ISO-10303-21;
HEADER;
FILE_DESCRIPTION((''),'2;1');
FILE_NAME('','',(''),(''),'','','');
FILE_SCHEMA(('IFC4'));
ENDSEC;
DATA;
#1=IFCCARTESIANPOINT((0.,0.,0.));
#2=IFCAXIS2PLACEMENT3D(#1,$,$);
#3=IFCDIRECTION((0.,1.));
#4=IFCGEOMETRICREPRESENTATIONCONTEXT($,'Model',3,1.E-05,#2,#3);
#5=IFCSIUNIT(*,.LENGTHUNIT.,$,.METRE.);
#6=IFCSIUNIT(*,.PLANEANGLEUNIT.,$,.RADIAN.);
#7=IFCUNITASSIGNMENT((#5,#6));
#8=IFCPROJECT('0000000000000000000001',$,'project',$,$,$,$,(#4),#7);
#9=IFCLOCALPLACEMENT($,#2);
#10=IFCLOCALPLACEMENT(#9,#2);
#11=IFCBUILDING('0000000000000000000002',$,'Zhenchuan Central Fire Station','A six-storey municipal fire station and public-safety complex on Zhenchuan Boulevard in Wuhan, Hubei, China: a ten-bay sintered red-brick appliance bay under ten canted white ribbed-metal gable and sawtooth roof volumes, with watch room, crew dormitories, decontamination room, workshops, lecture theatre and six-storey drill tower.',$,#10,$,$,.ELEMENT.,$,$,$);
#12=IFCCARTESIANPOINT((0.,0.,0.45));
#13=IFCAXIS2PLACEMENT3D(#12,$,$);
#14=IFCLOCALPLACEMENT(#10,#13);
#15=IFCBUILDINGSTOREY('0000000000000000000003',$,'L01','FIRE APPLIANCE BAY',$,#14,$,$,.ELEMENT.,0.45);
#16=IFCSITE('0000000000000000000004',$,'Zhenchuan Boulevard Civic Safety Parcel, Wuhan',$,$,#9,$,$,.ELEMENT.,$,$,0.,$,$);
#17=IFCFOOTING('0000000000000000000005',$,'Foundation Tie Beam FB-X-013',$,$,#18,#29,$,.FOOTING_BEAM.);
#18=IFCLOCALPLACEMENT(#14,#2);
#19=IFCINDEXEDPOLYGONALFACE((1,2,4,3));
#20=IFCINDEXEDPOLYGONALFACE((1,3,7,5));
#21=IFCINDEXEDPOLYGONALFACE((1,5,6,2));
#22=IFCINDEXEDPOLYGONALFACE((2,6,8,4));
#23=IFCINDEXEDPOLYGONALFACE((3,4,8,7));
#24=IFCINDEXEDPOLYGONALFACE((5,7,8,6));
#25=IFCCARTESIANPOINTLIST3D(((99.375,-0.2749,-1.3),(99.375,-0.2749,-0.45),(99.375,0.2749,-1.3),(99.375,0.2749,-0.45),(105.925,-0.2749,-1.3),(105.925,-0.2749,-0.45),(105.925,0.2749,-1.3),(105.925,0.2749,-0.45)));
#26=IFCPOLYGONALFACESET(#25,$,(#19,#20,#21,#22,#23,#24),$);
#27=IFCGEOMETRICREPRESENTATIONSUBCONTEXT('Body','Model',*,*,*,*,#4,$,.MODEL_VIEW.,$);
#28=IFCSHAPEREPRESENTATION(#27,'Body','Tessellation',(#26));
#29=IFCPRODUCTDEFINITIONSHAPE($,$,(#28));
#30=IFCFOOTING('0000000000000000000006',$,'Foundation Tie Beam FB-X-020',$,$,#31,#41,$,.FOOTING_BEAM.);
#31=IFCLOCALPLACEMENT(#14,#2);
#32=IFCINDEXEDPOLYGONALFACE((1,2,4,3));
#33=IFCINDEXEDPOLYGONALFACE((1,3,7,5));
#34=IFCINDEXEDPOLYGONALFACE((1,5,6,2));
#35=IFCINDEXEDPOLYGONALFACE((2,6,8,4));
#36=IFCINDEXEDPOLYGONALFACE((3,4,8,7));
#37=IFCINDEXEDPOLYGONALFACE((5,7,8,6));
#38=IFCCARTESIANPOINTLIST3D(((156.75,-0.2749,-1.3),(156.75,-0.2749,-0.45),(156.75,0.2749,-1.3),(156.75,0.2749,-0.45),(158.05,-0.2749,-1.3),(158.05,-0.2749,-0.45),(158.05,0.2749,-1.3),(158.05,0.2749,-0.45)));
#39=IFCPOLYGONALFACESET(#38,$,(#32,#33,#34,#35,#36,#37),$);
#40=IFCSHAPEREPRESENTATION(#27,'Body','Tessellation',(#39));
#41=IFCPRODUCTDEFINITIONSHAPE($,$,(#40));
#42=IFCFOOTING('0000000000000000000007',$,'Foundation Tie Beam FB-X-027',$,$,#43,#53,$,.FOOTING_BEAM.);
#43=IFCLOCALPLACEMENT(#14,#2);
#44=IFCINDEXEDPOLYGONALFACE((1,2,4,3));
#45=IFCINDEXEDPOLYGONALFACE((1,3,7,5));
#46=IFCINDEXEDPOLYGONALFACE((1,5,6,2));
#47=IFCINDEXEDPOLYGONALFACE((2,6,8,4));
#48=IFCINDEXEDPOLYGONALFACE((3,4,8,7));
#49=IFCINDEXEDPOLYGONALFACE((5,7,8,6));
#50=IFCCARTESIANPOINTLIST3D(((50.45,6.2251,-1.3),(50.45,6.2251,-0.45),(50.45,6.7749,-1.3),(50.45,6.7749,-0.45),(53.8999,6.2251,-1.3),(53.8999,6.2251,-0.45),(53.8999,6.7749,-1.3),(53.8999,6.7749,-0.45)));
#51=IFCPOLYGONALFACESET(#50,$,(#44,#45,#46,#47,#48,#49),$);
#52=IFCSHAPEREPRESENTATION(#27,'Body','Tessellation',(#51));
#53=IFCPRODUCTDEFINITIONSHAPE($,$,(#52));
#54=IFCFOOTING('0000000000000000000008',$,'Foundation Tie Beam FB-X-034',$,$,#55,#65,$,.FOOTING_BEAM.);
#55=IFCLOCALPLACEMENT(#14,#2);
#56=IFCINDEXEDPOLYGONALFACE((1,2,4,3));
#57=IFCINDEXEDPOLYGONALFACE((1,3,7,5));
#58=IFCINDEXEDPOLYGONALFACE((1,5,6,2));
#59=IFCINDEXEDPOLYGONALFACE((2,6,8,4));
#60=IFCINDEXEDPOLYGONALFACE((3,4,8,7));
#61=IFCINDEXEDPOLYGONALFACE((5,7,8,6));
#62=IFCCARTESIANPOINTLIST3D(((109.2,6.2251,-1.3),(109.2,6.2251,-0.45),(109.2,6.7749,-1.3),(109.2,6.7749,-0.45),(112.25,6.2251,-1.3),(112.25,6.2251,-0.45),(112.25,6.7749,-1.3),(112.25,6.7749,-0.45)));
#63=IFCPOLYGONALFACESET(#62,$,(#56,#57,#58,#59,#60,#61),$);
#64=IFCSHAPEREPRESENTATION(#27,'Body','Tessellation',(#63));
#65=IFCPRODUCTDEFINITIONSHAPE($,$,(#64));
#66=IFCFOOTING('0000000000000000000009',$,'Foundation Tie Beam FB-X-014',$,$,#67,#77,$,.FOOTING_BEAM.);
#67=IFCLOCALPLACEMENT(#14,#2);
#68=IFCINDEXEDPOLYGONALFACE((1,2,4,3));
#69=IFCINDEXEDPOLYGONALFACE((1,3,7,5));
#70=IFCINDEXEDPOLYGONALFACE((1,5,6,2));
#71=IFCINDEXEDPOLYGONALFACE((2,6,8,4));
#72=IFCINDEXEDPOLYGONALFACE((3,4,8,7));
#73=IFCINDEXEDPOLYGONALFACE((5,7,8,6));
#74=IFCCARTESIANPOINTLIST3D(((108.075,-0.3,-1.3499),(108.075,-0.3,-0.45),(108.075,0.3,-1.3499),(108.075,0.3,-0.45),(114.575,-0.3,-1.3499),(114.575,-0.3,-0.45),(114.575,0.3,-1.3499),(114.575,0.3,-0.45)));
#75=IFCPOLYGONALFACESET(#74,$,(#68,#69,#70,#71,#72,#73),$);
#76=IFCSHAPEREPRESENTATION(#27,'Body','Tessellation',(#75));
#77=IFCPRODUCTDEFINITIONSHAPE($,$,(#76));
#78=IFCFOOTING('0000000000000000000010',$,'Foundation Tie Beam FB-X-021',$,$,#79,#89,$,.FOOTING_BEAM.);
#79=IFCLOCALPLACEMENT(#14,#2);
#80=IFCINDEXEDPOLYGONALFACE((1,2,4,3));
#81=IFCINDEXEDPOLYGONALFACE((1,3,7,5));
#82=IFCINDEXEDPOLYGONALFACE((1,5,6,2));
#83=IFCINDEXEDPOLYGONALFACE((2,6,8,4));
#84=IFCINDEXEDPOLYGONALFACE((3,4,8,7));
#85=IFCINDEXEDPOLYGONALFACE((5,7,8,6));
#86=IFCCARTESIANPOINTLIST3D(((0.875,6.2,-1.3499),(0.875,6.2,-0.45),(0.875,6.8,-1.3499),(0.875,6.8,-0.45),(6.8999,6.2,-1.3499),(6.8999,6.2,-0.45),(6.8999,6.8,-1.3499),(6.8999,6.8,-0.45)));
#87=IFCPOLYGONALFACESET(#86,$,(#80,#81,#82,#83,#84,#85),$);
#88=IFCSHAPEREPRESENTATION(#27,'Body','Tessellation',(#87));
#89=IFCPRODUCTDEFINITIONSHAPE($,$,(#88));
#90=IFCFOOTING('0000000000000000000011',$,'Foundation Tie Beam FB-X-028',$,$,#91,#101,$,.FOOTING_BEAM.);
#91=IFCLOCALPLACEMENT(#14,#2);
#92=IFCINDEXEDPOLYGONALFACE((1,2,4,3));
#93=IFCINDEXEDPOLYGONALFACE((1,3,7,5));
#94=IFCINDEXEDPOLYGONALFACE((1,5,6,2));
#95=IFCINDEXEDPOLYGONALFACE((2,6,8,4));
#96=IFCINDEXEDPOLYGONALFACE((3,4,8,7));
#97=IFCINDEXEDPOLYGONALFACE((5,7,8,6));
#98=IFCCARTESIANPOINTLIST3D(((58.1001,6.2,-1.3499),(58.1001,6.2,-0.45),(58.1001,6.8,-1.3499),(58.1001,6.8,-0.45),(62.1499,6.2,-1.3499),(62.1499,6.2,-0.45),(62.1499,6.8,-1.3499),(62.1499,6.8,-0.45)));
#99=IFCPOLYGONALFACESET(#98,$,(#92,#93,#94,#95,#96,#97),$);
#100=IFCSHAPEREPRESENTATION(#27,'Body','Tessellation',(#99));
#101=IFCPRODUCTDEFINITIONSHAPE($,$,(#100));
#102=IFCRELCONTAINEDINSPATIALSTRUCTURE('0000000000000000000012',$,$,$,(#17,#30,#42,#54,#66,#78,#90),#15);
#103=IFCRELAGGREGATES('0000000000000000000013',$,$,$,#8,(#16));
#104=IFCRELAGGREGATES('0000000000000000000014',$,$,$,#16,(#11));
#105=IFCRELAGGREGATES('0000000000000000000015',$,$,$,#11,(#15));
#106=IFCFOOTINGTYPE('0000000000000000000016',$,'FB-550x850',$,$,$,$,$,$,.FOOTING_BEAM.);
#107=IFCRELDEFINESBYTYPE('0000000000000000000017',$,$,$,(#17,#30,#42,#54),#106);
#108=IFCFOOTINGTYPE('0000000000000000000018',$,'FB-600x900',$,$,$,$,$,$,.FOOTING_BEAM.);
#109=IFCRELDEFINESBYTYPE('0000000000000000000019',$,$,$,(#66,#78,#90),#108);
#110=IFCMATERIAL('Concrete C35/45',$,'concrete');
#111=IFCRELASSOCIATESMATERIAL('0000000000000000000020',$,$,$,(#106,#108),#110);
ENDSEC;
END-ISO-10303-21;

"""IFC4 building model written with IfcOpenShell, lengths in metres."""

from ifc_helpers import new_model, si_unit, direction, frame, origin, place, context, subcontext, project, spatial, polyline, outline, extrude, material, type_object, element, save


model = new_model("IFC4")

# Units and contexts
model_context = context("Model", 3, precision=1e-05, world=origin(), true_north=direction((0.0, 1.0)))
body_context = subcontext(model_context, "Body", "Model", "MODEL_VIEW")
ifc_project = project(units=[si_unit("LENGTHUNIT", "METRE"), si_unit("PLANEANGLEUNIT", "RADIAN")], contexts=[model_context])

# Site, building, storey
site_placement = place(None, origin())
site = spatial("IfcSite", under=ifc_project, at=site_placement, Name="Zhenchuan Boulevard Civic Safety Parcel, Wuhan", CompositionType="ELEMENT", RefElevation=0.0)
building_placement = place(site_placement, origin())
building = spatial("IfcBuilding", under=site, at=building_placement, Name="Zhenchuan Central Fire Station", Description="A six-storey municipal fire station and public-safety complex on Zhenchuan Boulevard in Wuhan, Hubei, China: a ten-bay sintered red-brick appliance bay under ten canted white ribbed-metal gable and sawtooth roof volumes, with watch room, crew dormitories, decontamination room, workshops, lecture theatre and six-storey drill tower.", CompositionType="ELEMENT")
storey_placement = place(building_placement, frame((0.0, 0.0, 0.45)))
storey = spatial("IfcBuildingStorey", under=building, at=storey_placement, Name="L01", Description="FIRE APPLIANCE BAY", CompositionType="ELEMENT", Elevation=0.45)

# Footings
ifc_material = material(Name="Concrete C35/45", Category="concrete")
footing_type_1 = type_object("IfcFootingType", Name="FB-550x850", PredefinedType="FOOTING_BEAM", material=ifc_material)
footing_1_placement = place(storey_placement, frame((0.0, 0.0, -1.3)))
element("IfcFooting", 1, at=footing_1_placement, inside=storey, type_object=footing_type_1, Name="Foundation Tie Beam FB-X-013", PredefinedType="FOOTING_BEAM", context=body_context, shape_type="SweptSolid", body=[
    extrude(outline(polyline([(99.375, -0.2749), (105.925, -0.2749), (105.925, 0.2749), (99.375, 0.2749), (99.375, -0.2749)])), origin(), (0.0, 0.0, 1.0), 0.8501),
])
footing_2_placement = place(storey_placement, frame((0.0, 0.0, -1.3)))
element("IfcFooting", 2, at=footing_2_placement, inside=storey, type_object=footing_type_1, Name="Foundation Tie Beam FB-X-020", PredefinedType="FOOTING_BEAM", context=body_context, shape_type="SweptSolid", body=[
    extrude(outline(polyline([(156.75, -0.2749), (158.05, -0.2749), (158.05, 0.2749), (156.75, 0.2749), (156.75, -0.2749)])), origin(), (0.0, 0.0, 1.0), 0.8501),
])
footing_3_placement = place(storey_placement, frame((0.0, 0.0, -1.3)))
element("IfcFooting", 3, at=footing_3_placement, inside=storey, type_object=footing_type_1, Name="Foundation Tie Beam FB-X-027", PredefinedType="FOOTING_BEAM", context=body_context, shape_type="SweptSolid", body=[
    extrude(outline(polyline([(50.45, 6.2251), (53.8999, 6.2251), (53.8999, 6.7749), (50.45, 6.7749), (50.45, 6.2251)])), origin(), (0.0, 0.0, 1.0), 0.8501),
])
footing_4_placement = place(storey_placement, frame((0.0, 0.0, -1.3)))
element("IfcFooting", 4, at=footing_4_placement, inside=storey, type_object=footing_type_1, Name="Foundation Tie Beam FB-X-034", PredefinedType="FOOTING_BEAM", context=body_context, shape_type="SweptSolid", body=[
    extrude(outline(polyline([(109.2, 6.2251), (112.25, 6.2251), (112.25, 6.7749), (109.2, 6.7749), (109.2, 6.2251)])), origin(), (0.0, 0.0, 1.0), 0.8501),
])
footing_type_2 = type_object("IfcFootingType", Name="FB-600x900", PredefinedType="FOOTING_BEAM", material=ifc_material)
footing_5_placement = place(storey_placement, frame((0.0, 0.0, -1.3499)))
element("IfcFooting", 5, at=footing_5_placement, inside=storey, type_object=footing_type_2, Name="Foundation Tie Beam FB-X-014", PredefinedType="FOOTING_BEAM", context=body_context, shape_type="SweptSolid", body=[
    extrude(outline(polyline([(108.075, -0.3), (114.575, -0.3), (114.575, 0.3), (108.075, 0.3), (108.075, -0.3)])), origin(), (0.0, 0.0, 1.0), 0.8999),
])
footing_6_placement = place(storey_placement, frame((0.0, 0.0, -1.3499)))
element("IfcFooting", 6, at=footing_6_placement, inside=storey, type_object=footing_type_2, Name="Foundation Tie Beam FB-X-021", PredefinedType="FOOTING_BEAM", context=body_context, shape_type="SweptSolid", body=[
    extrude(outline(polyline([(0.875, 6.2), (6.8999, 6.2), (6.8999, 6.8), (0.875, 6.8), (0.875, 6.2)])), origin(), (0.0, 0.0, 1.0), 0.8999),
])
footing_7_placement = place(storey_placement, frame((0.0, 0.0, -1.3499)))
element("IfcFooting", 7, at=footing_7_placement, inside=storey, type_object=footing_type_2, Name="Foundation Tie Beam FB-X-028", PredefinedType="FOOTING_BEAM", context=body_context, shape_type="SweptSolid", body=[
    extrude(outline(polyline([(58.1001, 6.2), (62.1499, 6.2), (62.1499, 6.8), (58.1001, 6.8), (58.1001, 6.2)])), origin(), (0.0, 0.0, 1.0), 0.8999),
])

save(model, "model.ifc")
